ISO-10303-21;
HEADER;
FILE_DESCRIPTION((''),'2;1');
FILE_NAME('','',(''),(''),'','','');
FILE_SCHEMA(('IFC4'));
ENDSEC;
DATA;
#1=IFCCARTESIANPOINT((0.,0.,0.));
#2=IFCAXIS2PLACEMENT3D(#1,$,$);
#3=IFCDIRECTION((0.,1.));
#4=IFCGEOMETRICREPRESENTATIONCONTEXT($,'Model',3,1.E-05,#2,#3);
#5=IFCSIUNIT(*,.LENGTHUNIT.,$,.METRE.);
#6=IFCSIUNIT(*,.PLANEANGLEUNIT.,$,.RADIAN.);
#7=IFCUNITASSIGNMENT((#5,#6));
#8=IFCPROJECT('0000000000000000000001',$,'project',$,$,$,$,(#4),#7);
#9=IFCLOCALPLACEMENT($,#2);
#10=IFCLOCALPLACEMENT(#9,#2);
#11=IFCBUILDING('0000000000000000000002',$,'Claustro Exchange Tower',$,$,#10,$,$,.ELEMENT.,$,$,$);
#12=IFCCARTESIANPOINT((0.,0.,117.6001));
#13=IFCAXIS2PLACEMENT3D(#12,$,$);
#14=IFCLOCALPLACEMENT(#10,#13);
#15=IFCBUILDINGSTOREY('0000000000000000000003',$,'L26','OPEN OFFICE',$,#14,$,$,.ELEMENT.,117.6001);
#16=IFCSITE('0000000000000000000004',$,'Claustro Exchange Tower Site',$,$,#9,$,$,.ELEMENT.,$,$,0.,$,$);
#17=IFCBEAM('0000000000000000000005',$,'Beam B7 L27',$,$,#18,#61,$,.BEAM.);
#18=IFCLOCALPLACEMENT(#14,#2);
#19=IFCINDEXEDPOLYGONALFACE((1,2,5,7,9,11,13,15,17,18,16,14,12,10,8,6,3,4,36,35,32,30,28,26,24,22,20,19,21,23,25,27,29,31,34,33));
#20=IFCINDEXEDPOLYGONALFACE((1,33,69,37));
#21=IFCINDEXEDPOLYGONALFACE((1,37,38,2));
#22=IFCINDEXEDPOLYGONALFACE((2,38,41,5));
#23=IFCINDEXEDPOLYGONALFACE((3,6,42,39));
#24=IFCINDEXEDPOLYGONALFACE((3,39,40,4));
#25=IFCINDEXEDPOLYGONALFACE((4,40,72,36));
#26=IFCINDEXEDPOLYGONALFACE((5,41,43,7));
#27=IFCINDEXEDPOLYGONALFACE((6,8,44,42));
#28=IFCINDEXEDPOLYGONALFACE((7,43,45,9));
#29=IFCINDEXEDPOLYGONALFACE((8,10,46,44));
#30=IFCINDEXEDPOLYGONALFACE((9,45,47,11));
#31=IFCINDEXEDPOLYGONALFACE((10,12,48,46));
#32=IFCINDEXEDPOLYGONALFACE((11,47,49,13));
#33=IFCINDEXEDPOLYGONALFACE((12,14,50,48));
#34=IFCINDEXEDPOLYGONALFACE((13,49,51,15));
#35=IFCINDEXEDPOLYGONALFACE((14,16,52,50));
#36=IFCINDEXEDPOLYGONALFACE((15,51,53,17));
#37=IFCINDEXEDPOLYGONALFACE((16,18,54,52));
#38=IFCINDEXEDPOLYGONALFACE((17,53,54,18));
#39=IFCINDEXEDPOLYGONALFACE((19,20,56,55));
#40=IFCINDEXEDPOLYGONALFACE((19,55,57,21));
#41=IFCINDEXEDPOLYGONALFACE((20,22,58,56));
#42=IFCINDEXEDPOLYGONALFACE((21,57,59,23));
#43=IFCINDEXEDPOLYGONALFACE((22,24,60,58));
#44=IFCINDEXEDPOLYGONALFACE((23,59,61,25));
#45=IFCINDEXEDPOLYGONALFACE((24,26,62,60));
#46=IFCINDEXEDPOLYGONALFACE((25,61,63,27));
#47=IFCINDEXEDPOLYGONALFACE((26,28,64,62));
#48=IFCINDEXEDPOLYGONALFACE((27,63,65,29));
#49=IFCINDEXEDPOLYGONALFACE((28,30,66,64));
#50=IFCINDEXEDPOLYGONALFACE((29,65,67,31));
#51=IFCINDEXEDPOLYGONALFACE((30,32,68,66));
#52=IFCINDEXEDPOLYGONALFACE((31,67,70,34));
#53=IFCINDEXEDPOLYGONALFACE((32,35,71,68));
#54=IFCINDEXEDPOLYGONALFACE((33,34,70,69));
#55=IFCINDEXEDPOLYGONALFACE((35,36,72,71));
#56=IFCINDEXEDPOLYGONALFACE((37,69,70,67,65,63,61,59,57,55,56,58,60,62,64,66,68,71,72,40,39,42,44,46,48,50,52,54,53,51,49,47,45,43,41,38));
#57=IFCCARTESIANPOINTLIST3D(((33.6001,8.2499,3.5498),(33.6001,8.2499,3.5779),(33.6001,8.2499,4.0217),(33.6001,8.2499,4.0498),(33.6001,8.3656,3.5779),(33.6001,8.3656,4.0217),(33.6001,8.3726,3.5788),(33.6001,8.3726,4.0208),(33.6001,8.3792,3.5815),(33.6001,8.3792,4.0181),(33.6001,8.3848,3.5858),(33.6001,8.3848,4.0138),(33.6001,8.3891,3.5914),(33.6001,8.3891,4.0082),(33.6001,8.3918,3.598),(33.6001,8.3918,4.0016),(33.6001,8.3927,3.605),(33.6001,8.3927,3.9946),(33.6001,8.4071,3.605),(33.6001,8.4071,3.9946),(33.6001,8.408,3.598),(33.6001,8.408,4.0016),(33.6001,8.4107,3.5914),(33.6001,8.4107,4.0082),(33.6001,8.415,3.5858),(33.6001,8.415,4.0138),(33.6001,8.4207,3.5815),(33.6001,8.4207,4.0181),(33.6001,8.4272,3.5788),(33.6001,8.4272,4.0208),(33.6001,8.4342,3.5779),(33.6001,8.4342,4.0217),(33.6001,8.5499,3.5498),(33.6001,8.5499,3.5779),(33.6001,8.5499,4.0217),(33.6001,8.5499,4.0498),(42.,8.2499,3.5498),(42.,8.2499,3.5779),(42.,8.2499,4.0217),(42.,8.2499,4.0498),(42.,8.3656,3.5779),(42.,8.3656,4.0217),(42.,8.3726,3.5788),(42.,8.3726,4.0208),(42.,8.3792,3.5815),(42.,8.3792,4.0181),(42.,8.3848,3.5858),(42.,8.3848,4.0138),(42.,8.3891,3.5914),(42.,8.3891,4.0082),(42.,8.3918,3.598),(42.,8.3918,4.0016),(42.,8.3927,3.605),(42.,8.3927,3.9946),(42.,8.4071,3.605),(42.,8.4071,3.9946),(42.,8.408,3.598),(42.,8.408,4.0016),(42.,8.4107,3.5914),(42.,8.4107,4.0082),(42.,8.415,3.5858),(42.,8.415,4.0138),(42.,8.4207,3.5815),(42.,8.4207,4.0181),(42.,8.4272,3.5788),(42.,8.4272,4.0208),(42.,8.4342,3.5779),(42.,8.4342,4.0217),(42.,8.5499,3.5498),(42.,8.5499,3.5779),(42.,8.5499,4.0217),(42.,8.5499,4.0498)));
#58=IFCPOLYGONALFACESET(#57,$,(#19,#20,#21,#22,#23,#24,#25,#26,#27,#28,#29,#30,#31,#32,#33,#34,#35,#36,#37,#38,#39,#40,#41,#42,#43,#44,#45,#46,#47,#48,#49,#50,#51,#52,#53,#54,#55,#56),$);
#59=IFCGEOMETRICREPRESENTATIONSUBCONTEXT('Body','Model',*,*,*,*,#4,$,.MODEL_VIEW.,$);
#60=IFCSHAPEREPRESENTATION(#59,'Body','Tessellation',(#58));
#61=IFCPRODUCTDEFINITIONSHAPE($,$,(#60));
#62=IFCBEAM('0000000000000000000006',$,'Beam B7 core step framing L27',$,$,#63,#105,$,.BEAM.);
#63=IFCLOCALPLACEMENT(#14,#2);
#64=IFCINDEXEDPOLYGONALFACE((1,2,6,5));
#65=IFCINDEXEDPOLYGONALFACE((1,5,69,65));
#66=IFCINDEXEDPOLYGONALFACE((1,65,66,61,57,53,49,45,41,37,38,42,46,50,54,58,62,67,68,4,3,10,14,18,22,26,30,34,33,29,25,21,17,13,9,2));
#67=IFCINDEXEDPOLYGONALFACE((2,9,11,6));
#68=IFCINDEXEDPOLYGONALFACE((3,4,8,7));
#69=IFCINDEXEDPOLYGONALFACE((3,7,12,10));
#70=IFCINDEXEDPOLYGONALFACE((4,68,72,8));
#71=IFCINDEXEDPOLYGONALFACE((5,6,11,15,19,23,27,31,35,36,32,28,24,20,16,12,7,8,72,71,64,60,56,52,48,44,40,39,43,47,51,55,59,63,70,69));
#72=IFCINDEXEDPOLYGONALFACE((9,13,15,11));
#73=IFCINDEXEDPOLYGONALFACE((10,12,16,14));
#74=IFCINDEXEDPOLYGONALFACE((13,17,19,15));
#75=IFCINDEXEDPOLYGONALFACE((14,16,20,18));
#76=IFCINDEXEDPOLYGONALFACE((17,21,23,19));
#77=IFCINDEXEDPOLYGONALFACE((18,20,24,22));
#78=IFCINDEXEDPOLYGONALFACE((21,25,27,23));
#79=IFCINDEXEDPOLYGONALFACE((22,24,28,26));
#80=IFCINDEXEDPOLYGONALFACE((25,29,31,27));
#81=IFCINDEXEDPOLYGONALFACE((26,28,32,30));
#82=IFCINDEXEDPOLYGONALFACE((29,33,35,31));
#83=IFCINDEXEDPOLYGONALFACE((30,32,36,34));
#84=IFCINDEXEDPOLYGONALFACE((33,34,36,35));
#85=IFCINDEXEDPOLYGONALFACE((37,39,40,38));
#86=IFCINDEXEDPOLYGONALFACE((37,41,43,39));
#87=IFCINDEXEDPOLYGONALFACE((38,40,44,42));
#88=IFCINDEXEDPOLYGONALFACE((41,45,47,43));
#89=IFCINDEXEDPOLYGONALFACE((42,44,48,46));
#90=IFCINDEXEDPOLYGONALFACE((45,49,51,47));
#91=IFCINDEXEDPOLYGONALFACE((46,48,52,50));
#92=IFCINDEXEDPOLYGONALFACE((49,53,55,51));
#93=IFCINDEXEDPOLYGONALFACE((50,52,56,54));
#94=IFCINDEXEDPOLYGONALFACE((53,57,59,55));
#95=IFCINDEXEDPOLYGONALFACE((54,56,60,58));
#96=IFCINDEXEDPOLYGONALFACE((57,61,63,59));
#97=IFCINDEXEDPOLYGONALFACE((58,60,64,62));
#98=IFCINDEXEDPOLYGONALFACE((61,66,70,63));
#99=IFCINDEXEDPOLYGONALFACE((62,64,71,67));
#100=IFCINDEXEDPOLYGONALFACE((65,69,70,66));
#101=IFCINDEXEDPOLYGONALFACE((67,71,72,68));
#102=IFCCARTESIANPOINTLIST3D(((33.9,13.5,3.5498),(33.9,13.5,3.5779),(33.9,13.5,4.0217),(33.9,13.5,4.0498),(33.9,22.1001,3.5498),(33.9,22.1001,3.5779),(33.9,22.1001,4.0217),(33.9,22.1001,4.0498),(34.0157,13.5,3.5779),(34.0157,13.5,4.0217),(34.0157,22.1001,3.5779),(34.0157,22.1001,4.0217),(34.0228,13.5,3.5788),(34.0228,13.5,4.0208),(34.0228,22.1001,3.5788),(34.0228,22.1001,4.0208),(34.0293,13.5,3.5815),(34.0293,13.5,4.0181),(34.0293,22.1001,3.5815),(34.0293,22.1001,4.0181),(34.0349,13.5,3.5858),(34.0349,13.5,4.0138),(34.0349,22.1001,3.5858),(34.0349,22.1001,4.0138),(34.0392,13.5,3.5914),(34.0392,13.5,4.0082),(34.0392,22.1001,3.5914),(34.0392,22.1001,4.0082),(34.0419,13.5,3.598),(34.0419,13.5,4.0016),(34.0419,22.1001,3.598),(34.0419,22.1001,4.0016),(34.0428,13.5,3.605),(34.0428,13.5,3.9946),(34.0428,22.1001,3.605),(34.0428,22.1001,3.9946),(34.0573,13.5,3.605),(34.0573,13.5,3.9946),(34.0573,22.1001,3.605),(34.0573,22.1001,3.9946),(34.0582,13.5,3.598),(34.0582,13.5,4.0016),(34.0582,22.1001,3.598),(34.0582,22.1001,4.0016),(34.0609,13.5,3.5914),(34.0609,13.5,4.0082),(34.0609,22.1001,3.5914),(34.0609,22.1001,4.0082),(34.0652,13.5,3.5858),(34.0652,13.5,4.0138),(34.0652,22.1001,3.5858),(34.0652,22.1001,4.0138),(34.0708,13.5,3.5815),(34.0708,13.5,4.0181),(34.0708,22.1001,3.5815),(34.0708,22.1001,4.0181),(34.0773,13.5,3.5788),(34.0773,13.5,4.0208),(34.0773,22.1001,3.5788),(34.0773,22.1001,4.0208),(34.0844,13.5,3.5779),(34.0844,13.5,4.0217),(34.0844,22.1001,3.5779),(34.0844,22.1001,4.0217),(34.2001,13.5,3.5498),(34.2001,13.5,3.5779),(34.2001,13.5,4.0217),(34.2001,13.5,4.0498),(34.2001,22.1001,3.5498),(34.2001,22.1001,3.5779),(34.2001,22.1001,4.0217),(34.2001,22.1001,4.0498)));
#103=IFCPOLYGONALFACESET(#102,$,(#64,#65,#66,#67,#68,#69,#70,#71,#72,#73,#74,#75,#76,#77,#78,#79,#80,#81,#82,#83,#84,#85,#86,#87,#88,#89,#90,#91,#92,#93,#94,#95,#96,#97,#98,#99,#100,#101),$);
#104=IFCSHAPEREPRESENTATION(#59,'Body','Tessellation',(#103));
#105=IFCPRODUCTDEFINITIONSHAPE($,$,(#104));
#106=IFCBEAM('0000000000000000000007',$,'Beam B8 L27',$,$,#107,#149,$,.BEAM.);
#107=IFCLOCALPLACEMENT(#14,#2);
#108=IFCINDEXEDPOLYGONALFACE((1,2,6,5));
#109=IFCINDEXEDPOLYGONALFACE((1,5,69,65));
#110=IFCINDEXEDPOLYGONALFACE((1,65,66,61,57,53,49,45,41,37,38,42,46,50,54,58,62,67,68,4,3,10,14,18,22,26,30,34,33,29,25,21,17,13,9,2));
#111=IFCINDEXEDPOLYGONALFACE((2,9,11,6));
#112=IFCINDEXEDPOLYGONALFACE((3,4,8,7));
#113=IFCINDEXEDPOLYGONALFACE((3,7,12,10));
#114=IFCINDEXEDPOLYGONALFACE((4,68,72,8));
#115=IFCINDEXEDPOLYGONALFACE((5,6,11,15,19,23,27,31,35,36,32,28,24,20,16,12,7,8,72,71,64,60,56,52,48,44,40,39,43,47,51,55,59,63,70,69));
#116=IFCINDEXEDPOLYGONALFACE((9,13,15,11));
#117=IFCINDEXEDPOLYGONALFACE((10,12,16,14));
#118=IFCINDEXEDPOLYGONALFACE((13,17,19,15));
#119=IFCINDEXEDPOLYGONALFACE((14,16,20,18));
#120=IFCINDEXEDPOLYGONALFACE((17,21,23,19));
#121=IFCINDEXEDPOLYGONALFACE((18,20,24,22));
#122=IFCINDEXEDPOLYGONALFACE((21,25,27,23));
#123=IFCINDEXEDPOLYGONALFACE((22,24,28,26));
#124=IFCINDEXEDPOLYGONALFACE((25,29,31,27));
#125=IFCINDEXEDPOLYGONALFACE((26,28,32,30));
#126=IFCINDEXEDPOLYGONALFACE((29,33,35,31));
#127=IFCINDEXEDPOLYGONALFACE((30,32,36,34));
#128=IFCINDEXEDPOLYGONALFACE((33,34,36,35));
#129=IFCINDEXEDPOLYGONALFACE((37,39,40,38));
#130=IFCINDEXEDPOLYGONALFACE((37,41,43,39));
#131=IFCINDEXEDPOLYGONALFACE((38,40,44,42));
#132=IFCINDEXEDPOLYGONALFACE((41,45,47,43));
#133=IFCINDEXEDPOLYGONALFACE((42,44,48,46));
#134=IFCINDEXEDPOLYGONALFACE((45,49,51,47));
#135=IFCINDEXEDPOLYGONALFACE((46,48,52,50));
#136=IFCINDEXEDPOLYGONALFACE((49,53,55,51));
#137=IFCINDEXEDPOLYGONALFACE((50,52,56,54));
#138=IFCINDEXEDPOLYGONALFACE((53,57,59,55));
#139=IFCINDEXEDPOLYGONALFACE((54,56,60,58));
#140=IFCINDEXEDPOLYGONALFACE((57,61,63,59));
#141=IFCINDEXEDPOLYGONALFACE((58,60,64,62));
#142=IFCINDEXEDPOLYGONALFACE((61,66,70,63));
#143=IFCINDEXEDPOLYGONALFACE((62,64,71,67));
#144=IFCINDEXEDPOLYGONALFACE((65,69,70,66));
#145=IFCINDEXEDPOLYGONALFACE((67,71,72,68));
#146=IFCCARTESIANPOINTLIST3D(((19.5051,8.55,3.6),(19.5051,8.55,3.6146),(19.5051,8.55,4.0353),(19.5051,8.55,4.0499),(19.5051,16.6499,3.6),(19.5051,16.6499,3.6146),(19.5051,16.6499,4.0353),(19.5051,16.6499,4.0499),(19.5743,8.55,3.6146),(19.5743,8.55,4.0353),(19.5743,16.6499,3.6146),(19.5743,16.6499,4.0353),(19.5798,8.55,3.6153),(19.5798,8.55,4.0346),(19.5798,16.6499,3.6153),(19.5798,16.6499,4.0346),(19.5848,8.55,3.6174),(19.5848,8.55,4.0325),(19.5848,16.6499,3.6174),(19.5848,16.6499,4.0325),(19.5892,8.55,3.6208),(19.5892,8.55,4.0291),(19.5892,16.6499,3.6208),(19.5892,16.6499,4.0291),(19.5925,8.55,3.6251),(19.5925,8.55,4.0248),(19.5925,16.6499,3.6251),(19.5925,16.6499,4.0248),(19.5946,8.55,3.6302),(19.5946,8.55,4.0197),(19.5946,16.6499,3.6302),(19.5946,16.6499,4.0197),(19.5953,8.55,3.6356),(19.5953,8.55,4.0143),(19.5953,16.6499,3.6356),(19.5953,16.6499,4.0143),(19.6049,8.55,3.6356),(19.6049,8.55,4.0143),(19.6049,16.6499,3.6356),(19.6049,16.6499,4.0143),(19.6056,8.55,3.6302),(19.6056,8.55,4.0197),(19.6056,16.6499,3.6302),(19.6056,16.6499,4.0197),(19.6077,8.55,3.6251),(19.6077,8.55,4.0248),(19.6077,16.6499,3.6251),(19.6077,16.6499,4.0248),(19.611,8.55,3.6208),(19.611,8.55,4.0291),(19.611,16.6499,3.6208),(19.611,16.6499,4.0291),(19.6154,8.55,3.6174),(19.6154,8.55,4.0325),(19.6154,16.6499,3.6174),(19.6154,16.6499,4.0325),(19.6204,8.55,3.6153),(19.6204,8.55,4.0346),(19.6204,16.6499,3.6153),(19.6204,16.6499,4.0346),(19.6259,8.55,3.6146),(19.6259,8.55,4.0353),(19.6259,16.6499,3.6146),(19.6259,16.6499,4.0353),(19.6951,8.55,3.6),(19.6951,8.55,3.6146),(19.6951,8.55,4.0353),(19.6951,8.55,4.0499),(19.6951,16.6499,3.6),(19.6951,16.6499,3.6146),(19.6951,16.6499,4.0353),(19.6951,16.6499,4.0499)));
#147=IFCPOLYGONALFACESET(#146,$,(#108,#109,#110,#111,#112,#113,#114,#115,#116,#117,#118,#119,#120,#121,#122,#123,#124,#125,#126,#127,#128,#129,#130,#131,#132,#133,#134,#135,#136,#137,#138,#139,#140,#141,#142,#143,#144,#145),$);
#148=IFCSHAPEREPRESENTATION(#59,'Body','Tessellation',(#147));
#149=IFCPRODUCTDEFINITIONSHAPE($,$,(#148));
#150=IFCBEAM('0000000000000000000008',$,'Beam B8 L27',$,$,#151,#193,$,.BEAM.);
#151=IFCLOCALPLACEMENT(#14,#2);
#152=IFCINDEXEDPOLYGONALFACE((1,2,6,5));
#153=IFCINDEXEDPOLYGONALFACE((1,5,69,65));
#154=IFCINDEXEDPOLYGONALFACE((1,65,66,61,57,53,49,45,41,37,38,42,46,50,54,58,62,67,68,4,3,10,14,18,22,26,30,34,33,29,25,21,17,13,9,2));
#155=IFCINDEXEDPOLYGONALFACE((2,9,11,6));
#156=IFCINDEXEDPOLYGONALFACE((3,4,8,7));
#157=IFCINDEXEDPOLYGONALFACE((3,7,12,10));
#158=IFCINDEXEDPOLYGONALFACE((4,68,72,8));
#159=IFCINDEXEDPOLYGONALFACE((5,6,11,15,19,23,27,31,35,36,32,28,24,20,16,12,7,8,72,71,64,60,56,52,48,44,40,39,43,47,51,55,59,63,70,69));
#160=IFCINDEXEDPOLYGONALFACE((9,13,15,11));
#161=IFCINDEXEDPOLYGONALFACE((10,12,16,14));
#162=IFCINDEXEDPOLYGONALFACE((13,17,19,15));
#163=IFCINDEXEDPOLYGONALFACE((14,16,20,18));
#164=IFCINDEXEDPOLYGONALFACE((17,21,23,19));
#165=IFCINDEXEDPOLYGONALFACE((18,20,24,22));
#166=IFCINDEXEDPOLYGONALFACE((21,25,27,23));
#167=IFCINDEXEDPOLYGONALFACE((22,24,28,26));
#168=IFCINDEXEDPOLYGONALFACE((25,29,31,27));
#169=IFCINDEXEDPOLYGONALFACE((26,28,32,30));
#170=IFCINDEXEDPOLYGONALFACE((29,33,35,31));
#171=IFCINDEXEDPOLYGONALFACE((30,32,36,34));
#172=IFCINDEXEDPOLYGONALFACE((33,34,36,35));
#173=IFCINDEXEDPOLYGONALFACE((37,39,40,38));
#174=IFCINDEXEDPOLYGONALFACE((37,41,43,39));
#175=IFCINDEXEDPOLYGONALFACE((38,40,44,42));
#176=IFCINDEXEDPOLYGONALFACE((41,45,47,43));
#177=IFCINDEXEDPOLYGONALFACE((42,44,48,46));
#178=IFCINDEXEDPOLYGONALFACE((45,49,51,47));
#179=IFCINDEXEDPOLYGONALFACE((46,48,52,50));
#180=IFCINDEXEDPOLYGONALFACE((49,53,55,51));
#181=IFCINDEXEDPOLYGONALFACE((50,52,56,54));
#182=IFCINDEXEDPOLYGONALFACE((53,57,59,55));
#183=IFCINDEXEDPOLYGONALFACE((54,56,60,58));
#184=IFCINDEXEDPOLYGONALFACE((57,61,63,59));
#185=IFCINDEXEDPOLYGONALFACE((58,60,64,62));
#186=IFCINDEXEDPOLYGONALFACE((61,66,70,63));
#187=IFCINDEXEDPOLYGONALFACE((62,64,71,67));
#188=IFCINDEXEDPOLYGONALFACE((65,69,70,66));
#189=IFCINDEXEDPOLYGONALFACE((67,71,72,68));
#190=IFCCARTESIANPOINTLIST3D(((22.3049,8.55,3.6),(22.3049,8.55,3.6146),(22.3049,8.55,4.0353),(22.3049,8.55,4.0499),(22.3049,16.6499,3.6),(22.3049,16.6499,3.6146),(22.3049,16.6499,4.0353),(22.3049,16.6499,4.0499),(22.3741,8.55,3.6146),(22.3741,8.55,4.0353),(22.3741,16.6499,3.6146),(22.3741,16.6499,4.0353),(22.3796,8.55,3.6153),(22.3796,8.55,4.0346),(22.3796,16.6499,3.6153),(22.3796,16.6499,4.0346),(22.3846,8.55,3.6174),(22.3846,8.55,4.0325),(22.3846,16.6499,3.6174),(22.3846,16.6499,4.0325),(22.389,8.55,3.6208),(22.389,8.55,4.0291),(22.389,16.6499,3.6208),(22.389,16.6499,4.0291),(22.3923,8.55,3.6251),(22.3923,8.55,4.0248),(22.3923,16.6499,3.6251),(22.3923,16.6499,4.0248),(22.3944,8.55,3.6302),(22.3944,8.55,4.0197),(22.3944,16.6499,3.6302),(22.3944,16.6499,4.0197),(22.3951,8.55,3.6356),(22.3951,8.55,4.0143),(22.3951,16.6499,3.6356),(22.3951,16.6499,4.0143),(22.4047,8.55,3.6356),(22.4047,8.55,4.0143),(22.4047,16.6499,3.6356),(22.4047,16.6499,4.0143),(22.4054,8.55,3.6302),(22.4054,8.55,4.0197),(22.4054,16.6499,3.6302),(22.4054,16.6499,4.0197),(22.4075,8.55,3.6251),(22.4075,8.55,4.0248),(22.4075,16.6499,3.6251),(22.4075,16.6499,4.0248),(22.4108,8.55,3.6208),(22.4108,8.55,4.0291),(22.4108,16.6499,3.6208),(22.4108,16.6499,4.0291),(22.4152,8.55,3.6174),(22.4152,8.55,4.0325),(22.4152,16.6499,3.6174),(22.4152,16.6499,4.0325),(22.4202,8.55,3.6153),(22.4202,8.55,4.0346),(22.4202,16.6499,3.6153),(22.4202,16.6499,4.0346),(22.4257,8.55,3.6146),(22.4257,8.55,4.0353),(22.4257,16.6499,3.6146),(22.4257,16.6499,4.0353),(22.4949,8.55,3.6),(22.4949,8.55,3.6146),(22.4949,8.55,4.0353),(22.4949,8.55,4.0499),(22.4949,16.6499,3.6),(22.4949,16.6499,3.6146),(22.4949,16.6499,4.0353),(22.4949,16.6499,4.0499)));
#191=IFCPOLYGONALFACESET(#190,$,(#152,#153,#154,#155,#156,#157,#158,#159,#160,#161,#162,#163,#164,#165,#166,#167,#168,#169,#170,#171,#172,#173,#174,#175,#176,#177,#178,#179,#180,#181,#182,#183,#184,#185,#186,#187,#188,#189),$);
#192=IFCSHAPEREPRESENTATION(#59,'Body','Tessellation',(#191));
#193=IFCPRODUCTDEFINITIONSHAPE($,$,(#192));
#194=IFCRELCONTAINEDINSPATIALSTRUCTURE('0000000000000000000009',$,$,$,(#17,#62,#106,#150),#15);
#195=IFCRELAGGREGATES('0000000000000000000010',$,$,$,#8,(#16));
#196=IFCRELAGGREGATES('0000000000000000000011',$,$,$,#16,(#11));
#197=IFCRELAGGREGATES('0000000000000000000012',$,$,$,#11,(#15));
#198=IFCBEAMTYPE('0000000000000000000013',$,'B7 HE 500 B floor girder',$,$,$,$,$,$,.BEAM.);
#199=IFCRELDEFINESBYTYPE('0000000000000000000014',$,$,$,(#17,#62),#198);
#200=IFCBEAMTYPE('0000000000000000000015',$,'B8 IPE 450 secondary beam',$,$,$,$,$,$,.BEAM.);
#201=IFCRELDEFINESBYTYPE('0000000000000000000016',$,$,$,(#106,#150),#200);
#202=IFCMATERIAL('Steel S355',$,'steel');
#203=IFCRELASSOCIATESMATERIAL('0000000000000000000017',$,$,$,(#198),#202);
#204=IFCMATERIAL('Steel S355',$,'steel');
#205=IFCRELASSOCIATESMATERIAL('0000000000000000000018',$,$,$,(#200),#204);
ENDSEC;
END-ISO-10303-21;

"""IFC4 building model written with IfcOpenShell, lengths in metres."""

from ifc_helpers import new_model, si_unit, direction, frame, origin, origin_2d, place, context, subcontext, project, spatial, i_section, extrude, material, material_profile, profile_set, type_object, element, save


model = new_model("IFC4")

# Units and contexts
model_context = context("Model", 3, precision=1e-05, world=origin(), true_north=direction((0.0, 1.0)))
body_context = subcontext(model_context, "Body", "Model", "MODEL_VIEW")
ifc_project = project(units=[si_unit("LENGTHUNIT", "METRE"), si_unit("PLANEANGLEUNIT", "RADIAN")], contexts=[model_context])

# Site, building, storey
site_placement = place(None, origin())
site = spatial("IfcSite", under=ifc_project, at=site_placement, Name="Claustro Exchange Tower Site", CompositionType="ELEMENT", RefElevation=0.0)
building_placement = place(site_placement, origin())
building = spatial("IfcBuilding", under=site, at=building_placement, Name="Claustro Exchange Tower", CompositionType="ELEMENT")
storey_placement = place(building_placement, frame((0.0, 0.0, 117.6001)))
storey = spatial("IfcBuildingStorey", under=building, at=storey_placement, Name="L26", Description="OPEN OFFICE", CompositionType="ELEMENT", Elevation=117.6001)

# Beams
ifc_material_1 = material(Name="Steel S355", Category="steel")
ifc_material_profile_1 = material_profile(ifc_material_1, i_section(OverallWidth=0.3, OverallDepth=0.5, WebThickness=0.0144, FlangeThickness=0.0281, FilletRadius=0.0271, at=origin_2d()), Name="HE 500 B")
ifc_profile_set_1 = profile_set([ifc_material_profile_1], Name="Steel S355")
beam_type_1 = type_object("IfcBeamType", Name="B7 HE 500 B floor girder", PredefinedType="BEAM", material=ifc_profile_set_1)
beam_1_placement = place(storey_placement, frame((33.6001, 8.3999, 3.7998), z_axis=(1.0, 0.0, 0.0), x_axis=(0.0, 1.0, 0.0)))
element("IfcBeam", 1, at=beam_1_placement, inside=storey, type_object=beam_type_1, Name="Beam B7 L27", PredefinedType="BEAM", context=body_context, shape_type="SweptSolid", body=[
    extrude(i_section(OverallWidth=0.3, OverallDepth=0.5, WebThickness=0.0144, FlangeThickness=0.0281, FilletRadius=0.0271, at=origin_2d()), origin(), (0.0, 0.0, 1.0), 8.3999),
])
beam_2_placement = place(storey_placement, frame((34.05, 13.5, 3.7998), z_axis=(0.0, 1.0, 0.0), x_axis=(-1.0, 0.0, 0.0)))
element("IfcBeam", 2, at=beam_2_placement, inside=storey, type_object=beam_type_1, Name="Beam B7 core step framing L27", PredefinedType="BEAM", context=body_context, shape_type="SweptSolid", body=[
    extrude(i_section(OverallWidth=0.3, OverallDepth=0.5, WebThickness=0.0144, FlangeThickness=0.0281, FilletRadius=0.0271, at=origin_2d()), origin(), (0.0, 0.0, 1.0), 8.6001),
])
ifc_material_2 = material(Name="Steel S355", Category="steel")
ifc_material_profile_2 = material_profile(ifc_material_2, i_section(OverallWidth=0.1899, OverallDepth=0.45, WebThickness=0.0095, FlangeThickness=0.0146, FilletRadius=0.021, at=origin_2d()), Name="IPE 450")
ifc_profile_set_2 = profile_set([ifc_material_profile_2], Name="Steel S355")
beam_type_2 = type_object("IfcBeamType", Name="B8 IPE 450 secondary beam", PredefinedType="BEAM", material=ifc_profile_set_2)
for number, where, z_axis, x_axis, name in (
    (3, (19.6001, 8.55, 3.825), (0.0, 1.0, 0.0), (-1.0, 0.0, 0.0), "Beam B8 L27"),
    (4, (22.3999, 8.55, 3.825), (0.0, 1.0, 0.0), (-1.0, 0.0, 0.0), "Beam B8 L27"),
):
    element("IfcBeam", number, at=place(storey_placement, frame(where, z_axis=z_axis, x_axis=x_axis)), inside=storey, type_object=beam_type_2, Name=name, PredefinedType="BEAM", context=body_context, shape_type="SweptSolid", body=[
        extrude(i_section(OverallWidth=0.1899, OverallDepth=0.45, WebThickness=0.0095, FlangeThickness=0.0146, FilletRadius=0.021, at=origin_2d()), origin(), (0.0, 0.0, 1.0), 8.0999),
    ])

save(model, "model.ifc")
